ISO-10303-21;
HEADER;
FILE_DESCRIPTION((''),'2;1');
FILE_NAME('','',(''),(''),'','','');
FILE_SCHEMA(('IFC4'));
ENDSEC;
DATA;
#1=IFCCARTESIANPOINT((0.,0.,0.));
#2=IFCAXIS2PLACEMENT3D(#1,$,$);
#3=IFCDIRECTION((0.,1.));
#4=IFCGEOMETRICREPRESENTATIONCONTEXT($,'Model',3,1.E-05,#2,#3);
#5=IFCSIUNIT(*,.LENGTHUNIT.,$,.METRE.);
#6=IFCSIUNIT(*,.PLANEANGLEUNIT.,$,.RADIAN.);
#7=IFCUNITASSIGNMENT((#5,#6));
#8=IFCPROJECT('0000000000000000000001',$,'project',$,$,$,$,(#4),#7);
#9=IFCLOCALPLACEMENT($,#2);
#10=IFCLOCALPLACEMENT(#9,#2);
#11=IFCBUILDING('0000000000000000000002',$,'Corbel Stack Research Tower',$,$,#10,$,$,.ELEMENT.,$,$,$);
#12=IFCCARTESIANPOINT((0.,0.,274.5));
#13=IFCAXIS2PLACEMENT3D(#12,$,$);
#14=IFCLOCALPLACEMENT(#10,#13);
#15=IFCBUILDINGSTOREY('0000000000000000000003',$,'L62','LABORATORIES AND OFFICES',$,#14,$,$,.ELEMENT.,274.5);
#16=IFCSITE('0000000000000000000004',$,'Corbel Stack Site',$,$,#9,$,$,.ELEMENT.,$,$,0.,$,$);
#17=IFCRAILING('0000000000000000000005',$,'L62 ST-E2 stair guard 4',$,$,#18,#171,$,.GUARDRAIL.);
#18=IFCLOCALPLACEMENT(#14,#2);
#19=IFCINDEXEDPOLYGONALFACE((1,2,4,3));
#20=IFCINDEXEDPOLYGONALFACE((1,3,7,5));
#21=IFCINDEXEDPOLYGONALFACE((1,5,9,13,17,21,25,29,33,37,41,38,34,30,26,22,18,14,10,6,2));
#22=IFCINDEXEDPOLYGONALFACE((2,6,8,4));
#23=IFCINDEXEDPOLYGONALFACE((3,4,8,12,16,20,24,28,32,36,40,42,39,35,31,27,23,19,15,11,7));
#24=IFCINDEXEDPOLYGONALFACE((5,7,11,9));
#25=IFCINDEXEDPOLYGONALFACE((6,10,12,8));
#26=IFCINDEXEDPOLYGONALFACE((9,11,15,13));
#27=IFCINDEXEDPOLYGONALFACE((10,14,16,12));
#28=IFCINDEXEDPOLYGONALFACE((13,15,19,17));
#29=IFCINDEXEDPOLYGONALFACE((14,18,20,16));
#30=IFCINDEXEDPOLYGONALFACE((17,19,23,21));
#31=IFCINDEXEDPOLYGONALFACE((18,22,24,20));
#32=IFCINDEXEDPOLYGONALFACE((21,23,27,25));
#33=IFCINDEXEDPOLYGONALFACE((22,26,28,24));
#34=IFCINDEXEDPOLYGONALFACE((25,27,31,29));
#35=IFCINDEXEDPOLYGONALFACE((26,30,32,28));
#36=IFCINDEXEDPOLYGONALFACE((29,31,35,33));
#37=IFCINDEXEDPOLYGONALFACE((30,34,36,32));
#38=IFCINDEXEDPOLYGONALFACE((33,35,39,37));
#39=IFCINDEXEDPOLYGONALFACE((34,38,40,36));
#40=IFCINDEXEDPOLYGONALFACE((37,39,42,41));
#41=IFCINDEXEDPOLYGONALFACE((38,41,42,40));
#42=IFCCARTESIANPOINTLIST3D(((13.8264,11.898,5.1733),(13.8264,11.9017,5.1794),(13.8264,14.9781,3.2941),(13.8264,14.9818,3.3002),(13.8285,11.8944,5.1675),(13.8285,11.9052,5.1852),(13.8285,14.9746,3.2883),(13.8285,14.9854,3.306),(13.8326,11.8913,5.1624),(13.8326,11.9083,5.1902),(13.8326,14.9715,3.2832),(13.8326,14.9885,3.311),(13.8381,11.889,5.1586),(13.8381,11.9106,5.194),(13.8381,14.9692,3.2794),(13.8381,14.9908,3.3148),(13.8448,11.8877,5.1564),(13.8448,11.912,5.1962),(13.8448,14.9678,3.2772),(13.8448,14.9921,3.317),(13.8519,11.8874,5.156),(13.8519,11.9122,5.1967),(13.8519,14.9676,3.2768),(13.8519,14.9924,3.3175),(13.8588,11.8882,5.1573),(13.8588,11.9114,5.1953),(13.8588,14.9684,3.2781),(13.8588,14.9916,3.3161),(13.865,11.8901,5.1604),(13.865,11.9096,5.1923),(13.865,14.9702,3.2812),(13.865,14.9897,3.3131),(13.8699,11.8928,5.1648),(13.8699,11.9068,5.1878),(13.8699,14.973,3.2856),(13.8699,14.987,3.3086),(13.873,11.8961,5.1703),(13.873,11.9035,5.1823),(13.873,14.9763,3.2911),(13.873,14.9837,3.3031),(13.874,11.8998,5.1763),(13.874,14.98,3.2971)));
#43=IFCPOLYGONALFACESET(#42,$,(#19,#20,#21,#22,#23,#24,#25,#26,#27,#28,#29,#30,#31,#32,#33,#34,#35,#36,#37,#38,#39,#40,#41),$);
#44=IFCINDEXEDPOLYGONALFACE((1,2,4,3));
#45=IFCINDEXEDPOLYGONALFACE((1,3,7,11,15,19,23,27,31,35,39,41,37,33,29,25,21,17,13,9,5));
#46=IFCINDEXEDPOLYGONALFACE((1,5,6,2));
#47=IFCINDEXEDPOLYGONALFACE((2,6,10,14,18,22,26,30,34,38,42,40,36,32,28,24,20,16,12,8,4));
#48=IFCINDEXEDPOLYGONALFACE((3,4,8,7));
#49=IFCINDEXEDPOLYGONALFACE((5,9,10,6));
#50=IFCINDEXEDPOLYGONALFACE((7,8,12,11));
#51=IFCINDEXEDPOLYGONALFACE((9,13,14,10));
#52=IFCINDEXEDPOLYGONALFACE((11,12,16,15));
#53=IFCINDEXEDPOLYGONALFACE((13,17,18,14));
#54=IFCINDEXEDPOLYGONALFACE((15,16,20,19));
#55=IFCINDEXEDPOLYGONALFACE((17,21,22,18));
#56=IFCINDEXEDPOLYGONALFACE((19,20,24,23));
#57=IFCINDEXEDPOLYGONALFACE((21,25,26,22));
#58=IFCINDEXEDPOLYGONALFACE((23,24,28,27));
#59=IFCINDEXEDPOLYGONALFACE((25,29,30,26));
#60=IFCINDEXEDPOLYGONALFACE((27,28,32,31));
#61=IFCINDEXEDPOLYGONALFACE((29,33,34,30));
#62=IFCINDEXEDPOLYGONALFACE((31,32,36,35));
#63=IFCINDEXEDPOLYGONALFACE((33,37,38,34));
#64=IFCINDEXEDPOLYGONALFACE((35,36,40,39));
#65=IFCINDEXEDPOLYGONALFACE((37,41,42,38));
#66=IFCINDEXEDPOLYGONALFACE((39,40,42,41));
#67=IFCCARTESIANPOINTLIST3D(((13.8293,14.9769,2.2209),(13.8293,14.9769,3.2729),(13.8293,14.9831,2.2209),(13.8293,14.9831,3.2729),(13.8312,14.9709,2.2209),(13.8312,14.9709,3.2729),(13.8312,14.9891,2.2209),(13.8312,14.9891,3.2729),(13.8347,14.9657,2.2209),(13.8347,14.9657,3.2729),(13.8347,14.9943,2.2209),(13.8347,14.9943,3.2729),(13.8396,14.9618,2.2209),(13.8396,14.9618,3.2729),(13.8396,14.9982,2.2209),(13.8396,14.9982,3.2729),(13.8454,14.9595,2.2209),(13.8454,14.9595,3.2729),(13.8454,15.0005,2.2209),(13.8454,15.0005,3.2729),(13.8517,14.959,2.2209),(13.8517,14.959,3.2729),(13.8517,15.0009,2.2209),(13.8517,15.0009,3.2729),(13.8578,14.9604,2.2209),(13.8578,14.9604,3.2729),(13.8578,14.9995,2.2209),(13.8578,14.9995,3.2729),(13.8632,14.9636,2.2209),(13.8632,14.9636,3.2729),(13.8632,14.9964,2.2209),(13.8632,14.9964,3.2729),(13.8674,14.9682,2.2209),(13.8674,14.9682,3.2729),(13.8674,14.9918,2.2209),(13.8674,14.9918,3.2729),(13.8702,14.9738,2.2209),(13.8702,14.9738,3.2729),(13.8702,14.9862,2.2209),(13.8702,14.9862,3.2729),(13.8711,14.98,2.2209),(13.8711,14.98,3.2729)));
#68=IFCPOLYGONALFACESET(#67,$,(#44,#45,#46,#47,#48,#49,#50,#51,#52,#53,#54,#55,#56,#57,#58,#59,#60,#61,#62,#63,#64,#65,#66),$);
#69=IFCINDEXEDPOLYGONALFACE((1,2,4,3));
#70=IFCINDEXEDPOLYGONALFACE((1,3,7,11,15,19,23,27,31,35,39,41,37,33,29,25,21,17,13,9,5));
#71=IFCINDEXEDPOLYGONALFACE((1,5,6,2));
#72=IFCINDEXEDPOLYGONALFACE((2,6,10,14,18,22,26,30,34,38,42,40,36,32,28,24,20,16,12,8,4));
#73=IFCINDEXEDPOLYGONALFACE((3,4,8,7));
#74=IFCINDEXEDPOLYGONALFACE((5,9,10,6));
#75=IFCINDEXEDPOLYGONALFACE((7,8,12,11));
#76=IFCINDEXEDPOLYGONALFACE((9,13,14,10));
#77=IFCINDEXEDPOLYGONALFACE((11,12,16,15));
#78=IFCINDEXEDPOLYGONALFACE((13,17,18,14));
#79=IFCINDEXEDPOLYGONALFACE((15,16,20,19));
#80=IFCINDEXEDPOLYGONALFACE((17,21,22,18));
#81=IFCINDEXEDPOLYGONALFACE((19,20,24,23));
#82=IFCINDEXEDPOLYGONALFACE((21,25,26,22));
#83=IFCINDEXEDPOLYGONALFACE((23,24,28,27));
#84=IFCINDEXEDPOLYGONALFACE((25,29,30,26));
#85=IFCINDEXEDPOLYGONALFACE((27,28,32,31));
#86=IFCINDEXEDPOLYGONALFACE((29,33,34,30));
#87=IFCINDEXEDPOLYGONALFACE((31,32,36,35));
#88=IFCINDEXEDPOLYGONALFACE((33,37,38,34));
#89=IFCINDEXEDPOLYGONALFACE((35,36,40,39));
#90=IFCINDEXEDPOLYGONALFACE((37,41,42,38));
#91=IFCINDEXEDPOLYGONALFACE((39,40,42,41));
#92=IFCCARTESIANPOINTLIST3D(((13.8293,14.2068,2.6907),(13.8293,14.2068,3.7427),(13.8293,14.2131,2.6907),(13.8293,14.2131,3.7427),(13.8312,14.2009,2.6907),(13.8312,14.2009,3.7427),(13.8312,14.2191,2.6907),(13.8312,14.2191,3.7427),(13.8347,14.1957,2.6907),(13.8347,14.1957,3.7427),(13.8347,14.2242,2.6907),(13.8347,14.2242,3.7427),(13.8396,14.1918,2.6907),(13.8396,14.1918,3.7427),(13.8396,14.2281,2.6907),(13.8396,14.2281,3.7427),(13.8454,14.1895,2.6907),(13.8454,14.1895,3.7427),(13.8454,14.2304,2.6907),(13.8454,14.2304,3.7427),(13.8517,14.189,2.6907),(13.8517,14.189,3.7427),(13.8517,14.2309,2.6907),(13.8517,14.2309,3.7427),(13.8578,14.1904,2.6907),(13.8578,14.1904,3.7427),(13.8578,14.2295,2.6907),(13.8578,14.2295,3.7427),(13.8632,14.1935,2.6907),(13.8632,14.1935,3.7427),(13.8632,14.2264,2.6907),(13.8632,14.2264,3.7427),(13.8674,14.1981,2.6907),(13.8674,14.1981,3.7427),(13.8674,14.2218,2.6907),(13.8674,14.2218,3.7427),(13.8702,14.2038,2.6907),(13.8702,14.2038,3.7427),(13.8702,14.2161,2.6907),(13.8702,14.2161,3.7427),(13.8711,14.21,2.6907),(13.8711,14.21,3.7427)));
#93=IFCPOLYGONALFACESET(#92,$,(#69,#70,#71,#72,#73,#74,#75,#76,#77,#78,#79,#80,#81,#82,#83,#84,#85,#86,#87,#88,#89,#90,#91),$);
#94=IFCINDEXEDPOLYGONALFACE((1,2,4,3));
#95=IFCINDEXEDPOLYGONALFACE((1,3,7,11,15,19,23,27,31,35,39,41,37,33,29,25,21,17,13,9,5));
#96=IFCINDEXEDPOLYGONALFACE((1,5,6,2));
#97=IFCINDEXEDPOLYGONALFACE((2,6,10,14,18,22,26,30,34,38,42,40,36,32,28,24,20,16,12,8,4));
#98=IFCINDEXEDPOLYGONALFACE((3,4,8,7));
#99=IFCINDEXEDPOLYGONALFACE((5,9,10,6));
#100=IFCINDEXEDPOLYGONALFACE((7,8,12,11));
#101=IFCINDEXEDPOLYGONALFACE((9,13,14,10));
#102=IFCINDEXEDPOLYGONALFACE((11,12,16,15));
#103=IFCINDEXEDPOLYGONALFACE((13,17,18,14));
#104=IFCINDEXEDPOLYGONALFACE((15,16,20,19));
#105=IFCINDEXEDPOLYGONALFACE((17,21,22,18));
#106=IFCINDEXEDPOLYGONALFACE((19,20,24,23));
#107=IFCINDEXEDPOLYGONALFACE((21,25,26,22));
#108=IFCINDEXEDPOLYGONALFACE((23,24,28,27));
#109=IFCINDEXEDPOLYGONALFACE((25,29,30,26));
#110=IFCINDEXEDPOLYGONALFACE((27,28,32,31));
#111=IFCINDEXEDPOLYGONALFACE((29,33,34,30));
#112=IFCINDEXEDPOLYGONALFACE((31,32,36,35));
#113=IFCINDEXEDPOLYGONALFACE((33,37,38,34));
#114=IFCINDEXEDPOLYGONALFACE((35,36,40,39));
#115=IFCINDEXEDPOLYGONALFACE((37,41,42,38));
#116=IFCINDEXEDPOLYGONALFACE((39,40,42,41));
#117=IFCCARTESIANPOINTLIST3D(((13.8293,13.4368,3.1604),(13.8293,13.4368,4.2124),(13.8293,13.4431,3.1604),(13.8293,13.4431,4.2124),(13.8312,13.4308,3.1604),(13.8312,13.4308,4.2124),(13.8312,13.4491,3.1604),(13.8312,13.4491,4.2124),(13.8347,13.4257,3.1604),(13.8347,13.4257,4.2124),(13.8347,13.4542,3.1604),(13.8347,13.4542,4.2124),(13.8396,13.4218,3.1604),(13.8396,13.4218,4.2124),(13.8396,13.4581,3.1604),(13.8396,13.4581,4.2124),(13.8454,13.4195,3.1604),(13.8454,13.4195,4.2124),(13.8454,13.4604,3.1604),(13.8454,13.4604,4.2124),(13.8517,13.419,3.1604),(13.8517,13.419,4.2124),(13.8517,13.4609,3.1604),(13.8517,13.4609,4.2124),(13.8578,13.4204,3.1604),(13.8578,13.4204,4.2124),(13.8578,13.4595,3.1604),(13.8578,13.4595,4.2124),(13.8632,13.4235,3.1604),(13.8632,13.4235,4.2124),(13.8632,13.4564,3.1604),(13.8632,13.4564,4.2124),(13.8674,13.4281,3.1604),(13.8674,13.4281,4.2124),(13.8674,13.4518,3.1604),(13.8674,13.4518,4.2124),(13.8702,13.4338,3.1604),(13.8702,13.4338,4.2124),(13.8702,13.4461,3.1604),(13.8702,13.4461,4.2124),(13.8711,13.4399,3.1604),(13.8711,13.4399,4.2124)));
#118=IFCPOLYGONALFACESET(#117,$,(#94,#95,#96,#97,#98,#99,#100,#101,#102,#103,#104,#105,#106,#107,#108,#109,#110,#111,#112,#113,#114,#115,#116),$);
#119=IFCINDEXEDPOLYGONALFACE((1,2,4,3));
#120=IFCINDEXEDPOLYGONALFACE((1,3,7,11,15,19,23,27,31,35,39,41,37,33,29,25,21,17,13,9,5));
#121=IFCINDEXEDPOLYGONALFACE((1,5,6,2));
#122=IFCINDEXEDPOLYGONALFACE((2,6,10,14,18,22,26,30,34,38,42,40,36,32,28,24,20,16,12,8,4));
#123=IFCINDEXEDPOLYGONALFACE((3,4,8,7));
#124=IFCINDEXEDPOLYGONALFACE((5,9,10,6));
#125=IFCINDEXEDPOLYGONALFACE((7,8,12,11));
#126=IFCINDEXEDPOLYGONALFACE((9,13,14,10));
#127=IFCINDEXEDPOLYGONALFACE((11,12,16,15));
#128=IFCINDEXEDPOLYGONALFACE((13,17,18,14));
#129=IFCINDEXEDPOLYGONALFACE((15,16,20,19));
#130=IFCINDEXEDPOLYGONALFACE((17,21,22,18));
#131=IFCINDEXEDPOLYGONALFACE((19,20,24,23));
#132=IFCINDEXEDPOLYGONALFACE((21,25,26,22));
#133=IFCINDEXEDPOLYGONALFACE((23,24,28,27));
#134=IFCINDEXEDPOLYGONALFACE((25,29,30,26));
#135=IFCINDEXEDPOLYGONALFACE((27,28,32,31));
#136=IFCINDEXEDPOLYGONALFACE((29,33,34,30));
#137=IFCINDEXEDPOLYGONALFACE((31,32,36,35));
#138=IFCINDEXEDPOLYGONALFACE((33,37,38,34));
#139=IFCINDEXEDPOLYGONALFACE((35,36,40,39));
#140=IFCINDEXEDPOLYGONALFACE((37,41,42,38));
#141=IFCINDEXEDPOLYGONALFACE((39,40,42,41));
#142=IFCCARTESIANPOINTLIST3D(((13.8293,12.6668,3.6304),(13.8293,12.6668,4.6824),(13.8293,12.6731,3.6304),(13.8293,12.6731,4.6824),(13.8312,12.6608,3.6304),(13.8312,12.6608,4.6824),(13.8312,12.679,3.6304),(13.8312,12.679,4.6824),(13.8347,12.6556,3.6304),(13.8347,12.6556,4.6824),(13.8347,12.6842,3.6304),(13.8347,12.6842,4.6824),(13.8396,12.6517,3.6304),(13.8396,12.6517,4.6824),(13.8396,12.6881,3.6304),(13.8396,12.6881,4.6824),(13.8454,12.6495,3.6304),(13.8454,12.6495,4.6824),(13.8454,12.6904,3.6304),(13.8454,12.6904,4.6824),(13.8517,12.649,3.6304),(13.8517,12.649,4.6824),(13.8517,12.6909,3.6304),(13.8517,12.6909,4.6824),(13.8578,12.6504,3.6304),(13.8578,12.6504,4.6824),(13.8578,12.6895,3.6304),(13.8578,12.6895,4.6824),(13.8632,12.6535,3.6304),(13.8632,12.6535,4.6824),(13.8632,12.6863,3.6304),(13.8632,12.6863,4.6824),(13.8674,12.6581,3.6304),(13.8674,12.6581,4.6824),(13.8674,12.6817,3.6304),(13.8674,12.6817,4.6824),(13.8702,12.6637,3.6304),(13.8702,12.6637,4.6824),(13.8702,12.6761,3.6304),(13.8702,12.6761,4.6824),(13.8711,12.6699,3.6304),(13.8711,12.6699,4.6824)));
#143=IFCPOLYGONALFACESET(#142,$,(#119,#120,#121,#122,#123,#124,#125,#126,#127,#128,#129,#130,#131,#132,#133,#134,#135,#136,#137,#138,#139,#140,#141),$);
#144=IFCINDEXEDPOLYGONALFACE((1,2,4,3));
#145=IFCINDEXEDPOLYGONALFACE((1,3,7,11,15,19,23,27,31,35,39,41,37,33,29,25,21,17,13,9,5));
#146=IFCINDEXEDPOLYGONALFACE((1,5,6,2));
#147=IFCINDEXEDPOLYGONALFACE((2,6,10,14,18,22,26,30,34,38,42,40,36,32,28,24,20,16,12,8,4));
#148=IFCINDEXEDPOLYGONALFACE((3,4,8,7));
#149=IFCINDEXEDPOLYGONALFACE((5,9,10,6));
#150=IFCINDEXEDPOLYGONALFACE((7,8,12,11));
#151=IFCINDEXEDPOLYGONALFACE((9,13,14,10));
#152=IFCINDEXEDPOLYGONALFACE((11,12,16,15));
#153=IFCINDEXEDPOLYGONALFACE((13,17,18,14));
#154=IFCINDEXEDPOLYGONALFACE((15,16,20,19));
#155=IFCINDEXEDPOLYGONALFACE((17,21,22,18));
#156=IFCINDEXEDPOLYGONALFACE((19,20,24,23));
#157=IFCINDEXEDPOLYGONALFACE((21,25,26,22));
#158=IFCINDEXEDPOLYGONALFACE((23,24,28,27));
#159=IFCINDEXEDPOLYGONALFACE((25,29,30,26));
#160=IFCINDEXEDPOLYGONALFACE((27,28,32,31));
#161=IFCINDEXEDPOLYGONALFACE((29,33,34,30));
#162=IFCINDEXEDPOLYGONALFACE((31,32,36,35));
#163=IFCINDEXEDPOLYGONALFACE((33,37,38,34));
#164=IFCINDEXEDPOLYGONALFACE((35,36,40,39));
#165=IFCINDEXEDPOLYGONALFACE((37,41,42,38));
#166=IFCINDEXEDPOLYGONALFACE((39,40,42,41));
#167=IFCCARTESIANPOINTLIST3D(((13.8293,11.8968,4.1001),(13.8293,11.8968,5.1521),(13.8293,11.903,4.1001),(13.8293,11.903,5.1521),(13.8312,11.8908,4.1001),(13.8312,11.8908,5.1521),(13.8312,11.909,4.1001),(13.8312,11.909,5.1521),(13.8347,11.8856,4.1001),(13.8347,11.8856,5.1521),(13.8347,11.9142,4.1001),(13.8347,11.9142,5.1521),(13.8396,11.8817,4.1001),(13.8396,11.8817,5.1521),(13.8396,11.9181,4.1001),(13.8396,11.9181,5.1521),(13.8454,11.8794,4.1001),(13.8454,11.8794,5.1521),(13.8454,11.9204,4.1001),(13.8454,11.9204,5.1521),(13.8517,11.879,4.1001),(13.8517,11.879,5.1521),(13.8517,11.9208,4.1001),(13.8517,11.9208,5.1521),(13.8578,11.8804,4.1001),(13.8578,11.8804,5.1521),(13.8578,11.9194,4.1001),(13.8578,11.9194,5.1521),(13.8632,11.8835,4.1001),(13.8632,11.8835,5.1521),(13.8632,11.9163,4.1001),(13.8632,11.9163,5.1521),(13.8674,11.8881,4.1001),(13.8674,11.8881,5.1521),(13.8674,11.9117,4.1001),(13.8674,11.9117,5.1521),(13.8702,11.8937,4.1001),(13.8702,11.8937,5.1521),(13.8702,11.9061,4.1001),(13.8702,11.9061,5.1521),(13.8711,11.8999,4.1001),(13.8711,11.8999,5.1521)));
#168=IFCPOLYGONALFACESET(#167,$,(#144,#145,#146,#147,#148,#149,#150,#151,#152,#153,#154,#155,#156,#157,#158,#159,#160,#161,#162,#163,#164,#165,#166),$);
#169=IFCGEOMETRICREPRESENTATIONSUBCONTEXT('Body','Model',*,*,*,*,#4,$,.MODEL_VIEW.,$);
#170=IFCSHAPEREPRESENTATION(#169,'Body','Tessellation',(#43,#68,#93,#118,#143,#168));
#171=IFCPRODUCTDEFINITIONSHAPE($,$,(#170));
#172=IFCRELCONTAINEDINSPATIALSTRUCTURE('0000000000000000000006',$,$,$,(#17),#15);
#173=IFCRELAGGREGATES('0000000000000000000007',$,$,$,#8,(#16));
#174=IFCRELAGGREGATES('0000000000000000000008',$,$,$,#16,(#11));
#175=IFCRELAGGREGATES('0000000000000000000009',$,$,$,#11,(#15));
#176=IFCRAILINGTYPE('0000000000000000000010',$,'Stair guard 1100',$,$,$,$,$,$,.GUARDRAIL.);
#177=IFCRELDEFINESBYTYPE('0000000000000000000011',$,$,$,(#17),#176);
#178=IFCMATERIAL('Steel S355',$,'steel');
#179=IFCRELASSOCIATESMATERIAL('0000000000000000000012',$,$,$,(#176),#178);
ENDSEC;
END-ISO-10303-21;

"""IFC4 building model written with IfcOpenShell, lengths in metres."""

from ifc_helpers import new_model, si_unit, direction, frame, origin, origin_2d, place, context, subcontext, project, spatial, circle, extrude, material, type_object, element, save


model = new_model("IFC4")

# Units and contexts
model_context = context("Model", 3, precision=1e-05, world=origin(), true_north=direction((0.0, 1.0)))
body_context = subcontext(model_context, "Body", "Model", "MODEL_VIEW")
ifc_project = project(units=[si_unit("LENGTHUNIT", "METRE"), si_unit("PLANEANGLEUNIT", "RADIAN")], contexts=[model_context])

# Site, building, storey
site_placement = place(None, origin())
site = spatial("IfcSite", under=ifc_project, at=site_placement, Name="Corbel Stack Site", CompositionType="ELEMENT", RefElevation=0.0)
building_placement = place(site_placement, origin())
building = spatial("IfcBuilding", under=site, at=building_placement, Name="Corbel Stack Research Tower", CompositionType="ELEMENT")
storey_placement = place(building_placement, frame((0.0, 0.0, 274.5)))
storey = spatial("IfcBuildingStorey", under=building, at=storey_placement, Name="L62", Description="LABORATORIES AND OFFICES", CompositionType="ELEMENT", Elevation=274.5)

# Railing
ifc_material_1 = material(Name="Steel S355", Category="steel")
railing_type_1 = type_object("IfcRailingType", Name="Stair guard 1100", PredefinedType="GUARDRAIL", material=ifc_material_1)
railing_1_placement = place(storey_placement, frame((13.8501, 14.98, 2.2209)))
element("IfcRailing", 1, at=railing_1_placement, inside=storey, type_object=railing_type_1, Name="L62 ST-E2 stair guard 4", PredefinedType="GUARDRAIL", context=body_context, shape_type="SweptSolid", body=[
    extrude(circle(Radius=0.0239, at=origin_2d()), frame((0.0, 0.0, 1.0762), z_axis=(0.0, -0.853666, 0.52082), x_axis=(1.0, 0.0, 0.0)), (0.0, 0.0, 1.0), 3.6082),
    extrude(circle(Radius=0.021, at=origin_2d()), origin(), (0.0, 0.0, 1.0), 1.052),
    extrude(circle(Radius=0.021, at=origin_2d()), frame((0.0, -0.77, 0.4697)), (0.0, 0.0, 1.0), 1.052),
    extrude(circle(Radius=0.021, at=origin_2d()), frame((0.0, -1.54, 0.9395)), (0.0, 0.0, 1.0), 1.052),
    extrude(circle(Radius=0.021, at=origin_2d()), frame((0.0, -2.3101, 1.4094)), (0.0, 0.0, 1.0), 1.052),
    extrude(circle(Radius=0.021, at=origin_2d()), frame((0.0, -3.0801, 1.8792)), (0.0, 0.0, 1.0), 1.052),
])

save(model, "model.ifc")
